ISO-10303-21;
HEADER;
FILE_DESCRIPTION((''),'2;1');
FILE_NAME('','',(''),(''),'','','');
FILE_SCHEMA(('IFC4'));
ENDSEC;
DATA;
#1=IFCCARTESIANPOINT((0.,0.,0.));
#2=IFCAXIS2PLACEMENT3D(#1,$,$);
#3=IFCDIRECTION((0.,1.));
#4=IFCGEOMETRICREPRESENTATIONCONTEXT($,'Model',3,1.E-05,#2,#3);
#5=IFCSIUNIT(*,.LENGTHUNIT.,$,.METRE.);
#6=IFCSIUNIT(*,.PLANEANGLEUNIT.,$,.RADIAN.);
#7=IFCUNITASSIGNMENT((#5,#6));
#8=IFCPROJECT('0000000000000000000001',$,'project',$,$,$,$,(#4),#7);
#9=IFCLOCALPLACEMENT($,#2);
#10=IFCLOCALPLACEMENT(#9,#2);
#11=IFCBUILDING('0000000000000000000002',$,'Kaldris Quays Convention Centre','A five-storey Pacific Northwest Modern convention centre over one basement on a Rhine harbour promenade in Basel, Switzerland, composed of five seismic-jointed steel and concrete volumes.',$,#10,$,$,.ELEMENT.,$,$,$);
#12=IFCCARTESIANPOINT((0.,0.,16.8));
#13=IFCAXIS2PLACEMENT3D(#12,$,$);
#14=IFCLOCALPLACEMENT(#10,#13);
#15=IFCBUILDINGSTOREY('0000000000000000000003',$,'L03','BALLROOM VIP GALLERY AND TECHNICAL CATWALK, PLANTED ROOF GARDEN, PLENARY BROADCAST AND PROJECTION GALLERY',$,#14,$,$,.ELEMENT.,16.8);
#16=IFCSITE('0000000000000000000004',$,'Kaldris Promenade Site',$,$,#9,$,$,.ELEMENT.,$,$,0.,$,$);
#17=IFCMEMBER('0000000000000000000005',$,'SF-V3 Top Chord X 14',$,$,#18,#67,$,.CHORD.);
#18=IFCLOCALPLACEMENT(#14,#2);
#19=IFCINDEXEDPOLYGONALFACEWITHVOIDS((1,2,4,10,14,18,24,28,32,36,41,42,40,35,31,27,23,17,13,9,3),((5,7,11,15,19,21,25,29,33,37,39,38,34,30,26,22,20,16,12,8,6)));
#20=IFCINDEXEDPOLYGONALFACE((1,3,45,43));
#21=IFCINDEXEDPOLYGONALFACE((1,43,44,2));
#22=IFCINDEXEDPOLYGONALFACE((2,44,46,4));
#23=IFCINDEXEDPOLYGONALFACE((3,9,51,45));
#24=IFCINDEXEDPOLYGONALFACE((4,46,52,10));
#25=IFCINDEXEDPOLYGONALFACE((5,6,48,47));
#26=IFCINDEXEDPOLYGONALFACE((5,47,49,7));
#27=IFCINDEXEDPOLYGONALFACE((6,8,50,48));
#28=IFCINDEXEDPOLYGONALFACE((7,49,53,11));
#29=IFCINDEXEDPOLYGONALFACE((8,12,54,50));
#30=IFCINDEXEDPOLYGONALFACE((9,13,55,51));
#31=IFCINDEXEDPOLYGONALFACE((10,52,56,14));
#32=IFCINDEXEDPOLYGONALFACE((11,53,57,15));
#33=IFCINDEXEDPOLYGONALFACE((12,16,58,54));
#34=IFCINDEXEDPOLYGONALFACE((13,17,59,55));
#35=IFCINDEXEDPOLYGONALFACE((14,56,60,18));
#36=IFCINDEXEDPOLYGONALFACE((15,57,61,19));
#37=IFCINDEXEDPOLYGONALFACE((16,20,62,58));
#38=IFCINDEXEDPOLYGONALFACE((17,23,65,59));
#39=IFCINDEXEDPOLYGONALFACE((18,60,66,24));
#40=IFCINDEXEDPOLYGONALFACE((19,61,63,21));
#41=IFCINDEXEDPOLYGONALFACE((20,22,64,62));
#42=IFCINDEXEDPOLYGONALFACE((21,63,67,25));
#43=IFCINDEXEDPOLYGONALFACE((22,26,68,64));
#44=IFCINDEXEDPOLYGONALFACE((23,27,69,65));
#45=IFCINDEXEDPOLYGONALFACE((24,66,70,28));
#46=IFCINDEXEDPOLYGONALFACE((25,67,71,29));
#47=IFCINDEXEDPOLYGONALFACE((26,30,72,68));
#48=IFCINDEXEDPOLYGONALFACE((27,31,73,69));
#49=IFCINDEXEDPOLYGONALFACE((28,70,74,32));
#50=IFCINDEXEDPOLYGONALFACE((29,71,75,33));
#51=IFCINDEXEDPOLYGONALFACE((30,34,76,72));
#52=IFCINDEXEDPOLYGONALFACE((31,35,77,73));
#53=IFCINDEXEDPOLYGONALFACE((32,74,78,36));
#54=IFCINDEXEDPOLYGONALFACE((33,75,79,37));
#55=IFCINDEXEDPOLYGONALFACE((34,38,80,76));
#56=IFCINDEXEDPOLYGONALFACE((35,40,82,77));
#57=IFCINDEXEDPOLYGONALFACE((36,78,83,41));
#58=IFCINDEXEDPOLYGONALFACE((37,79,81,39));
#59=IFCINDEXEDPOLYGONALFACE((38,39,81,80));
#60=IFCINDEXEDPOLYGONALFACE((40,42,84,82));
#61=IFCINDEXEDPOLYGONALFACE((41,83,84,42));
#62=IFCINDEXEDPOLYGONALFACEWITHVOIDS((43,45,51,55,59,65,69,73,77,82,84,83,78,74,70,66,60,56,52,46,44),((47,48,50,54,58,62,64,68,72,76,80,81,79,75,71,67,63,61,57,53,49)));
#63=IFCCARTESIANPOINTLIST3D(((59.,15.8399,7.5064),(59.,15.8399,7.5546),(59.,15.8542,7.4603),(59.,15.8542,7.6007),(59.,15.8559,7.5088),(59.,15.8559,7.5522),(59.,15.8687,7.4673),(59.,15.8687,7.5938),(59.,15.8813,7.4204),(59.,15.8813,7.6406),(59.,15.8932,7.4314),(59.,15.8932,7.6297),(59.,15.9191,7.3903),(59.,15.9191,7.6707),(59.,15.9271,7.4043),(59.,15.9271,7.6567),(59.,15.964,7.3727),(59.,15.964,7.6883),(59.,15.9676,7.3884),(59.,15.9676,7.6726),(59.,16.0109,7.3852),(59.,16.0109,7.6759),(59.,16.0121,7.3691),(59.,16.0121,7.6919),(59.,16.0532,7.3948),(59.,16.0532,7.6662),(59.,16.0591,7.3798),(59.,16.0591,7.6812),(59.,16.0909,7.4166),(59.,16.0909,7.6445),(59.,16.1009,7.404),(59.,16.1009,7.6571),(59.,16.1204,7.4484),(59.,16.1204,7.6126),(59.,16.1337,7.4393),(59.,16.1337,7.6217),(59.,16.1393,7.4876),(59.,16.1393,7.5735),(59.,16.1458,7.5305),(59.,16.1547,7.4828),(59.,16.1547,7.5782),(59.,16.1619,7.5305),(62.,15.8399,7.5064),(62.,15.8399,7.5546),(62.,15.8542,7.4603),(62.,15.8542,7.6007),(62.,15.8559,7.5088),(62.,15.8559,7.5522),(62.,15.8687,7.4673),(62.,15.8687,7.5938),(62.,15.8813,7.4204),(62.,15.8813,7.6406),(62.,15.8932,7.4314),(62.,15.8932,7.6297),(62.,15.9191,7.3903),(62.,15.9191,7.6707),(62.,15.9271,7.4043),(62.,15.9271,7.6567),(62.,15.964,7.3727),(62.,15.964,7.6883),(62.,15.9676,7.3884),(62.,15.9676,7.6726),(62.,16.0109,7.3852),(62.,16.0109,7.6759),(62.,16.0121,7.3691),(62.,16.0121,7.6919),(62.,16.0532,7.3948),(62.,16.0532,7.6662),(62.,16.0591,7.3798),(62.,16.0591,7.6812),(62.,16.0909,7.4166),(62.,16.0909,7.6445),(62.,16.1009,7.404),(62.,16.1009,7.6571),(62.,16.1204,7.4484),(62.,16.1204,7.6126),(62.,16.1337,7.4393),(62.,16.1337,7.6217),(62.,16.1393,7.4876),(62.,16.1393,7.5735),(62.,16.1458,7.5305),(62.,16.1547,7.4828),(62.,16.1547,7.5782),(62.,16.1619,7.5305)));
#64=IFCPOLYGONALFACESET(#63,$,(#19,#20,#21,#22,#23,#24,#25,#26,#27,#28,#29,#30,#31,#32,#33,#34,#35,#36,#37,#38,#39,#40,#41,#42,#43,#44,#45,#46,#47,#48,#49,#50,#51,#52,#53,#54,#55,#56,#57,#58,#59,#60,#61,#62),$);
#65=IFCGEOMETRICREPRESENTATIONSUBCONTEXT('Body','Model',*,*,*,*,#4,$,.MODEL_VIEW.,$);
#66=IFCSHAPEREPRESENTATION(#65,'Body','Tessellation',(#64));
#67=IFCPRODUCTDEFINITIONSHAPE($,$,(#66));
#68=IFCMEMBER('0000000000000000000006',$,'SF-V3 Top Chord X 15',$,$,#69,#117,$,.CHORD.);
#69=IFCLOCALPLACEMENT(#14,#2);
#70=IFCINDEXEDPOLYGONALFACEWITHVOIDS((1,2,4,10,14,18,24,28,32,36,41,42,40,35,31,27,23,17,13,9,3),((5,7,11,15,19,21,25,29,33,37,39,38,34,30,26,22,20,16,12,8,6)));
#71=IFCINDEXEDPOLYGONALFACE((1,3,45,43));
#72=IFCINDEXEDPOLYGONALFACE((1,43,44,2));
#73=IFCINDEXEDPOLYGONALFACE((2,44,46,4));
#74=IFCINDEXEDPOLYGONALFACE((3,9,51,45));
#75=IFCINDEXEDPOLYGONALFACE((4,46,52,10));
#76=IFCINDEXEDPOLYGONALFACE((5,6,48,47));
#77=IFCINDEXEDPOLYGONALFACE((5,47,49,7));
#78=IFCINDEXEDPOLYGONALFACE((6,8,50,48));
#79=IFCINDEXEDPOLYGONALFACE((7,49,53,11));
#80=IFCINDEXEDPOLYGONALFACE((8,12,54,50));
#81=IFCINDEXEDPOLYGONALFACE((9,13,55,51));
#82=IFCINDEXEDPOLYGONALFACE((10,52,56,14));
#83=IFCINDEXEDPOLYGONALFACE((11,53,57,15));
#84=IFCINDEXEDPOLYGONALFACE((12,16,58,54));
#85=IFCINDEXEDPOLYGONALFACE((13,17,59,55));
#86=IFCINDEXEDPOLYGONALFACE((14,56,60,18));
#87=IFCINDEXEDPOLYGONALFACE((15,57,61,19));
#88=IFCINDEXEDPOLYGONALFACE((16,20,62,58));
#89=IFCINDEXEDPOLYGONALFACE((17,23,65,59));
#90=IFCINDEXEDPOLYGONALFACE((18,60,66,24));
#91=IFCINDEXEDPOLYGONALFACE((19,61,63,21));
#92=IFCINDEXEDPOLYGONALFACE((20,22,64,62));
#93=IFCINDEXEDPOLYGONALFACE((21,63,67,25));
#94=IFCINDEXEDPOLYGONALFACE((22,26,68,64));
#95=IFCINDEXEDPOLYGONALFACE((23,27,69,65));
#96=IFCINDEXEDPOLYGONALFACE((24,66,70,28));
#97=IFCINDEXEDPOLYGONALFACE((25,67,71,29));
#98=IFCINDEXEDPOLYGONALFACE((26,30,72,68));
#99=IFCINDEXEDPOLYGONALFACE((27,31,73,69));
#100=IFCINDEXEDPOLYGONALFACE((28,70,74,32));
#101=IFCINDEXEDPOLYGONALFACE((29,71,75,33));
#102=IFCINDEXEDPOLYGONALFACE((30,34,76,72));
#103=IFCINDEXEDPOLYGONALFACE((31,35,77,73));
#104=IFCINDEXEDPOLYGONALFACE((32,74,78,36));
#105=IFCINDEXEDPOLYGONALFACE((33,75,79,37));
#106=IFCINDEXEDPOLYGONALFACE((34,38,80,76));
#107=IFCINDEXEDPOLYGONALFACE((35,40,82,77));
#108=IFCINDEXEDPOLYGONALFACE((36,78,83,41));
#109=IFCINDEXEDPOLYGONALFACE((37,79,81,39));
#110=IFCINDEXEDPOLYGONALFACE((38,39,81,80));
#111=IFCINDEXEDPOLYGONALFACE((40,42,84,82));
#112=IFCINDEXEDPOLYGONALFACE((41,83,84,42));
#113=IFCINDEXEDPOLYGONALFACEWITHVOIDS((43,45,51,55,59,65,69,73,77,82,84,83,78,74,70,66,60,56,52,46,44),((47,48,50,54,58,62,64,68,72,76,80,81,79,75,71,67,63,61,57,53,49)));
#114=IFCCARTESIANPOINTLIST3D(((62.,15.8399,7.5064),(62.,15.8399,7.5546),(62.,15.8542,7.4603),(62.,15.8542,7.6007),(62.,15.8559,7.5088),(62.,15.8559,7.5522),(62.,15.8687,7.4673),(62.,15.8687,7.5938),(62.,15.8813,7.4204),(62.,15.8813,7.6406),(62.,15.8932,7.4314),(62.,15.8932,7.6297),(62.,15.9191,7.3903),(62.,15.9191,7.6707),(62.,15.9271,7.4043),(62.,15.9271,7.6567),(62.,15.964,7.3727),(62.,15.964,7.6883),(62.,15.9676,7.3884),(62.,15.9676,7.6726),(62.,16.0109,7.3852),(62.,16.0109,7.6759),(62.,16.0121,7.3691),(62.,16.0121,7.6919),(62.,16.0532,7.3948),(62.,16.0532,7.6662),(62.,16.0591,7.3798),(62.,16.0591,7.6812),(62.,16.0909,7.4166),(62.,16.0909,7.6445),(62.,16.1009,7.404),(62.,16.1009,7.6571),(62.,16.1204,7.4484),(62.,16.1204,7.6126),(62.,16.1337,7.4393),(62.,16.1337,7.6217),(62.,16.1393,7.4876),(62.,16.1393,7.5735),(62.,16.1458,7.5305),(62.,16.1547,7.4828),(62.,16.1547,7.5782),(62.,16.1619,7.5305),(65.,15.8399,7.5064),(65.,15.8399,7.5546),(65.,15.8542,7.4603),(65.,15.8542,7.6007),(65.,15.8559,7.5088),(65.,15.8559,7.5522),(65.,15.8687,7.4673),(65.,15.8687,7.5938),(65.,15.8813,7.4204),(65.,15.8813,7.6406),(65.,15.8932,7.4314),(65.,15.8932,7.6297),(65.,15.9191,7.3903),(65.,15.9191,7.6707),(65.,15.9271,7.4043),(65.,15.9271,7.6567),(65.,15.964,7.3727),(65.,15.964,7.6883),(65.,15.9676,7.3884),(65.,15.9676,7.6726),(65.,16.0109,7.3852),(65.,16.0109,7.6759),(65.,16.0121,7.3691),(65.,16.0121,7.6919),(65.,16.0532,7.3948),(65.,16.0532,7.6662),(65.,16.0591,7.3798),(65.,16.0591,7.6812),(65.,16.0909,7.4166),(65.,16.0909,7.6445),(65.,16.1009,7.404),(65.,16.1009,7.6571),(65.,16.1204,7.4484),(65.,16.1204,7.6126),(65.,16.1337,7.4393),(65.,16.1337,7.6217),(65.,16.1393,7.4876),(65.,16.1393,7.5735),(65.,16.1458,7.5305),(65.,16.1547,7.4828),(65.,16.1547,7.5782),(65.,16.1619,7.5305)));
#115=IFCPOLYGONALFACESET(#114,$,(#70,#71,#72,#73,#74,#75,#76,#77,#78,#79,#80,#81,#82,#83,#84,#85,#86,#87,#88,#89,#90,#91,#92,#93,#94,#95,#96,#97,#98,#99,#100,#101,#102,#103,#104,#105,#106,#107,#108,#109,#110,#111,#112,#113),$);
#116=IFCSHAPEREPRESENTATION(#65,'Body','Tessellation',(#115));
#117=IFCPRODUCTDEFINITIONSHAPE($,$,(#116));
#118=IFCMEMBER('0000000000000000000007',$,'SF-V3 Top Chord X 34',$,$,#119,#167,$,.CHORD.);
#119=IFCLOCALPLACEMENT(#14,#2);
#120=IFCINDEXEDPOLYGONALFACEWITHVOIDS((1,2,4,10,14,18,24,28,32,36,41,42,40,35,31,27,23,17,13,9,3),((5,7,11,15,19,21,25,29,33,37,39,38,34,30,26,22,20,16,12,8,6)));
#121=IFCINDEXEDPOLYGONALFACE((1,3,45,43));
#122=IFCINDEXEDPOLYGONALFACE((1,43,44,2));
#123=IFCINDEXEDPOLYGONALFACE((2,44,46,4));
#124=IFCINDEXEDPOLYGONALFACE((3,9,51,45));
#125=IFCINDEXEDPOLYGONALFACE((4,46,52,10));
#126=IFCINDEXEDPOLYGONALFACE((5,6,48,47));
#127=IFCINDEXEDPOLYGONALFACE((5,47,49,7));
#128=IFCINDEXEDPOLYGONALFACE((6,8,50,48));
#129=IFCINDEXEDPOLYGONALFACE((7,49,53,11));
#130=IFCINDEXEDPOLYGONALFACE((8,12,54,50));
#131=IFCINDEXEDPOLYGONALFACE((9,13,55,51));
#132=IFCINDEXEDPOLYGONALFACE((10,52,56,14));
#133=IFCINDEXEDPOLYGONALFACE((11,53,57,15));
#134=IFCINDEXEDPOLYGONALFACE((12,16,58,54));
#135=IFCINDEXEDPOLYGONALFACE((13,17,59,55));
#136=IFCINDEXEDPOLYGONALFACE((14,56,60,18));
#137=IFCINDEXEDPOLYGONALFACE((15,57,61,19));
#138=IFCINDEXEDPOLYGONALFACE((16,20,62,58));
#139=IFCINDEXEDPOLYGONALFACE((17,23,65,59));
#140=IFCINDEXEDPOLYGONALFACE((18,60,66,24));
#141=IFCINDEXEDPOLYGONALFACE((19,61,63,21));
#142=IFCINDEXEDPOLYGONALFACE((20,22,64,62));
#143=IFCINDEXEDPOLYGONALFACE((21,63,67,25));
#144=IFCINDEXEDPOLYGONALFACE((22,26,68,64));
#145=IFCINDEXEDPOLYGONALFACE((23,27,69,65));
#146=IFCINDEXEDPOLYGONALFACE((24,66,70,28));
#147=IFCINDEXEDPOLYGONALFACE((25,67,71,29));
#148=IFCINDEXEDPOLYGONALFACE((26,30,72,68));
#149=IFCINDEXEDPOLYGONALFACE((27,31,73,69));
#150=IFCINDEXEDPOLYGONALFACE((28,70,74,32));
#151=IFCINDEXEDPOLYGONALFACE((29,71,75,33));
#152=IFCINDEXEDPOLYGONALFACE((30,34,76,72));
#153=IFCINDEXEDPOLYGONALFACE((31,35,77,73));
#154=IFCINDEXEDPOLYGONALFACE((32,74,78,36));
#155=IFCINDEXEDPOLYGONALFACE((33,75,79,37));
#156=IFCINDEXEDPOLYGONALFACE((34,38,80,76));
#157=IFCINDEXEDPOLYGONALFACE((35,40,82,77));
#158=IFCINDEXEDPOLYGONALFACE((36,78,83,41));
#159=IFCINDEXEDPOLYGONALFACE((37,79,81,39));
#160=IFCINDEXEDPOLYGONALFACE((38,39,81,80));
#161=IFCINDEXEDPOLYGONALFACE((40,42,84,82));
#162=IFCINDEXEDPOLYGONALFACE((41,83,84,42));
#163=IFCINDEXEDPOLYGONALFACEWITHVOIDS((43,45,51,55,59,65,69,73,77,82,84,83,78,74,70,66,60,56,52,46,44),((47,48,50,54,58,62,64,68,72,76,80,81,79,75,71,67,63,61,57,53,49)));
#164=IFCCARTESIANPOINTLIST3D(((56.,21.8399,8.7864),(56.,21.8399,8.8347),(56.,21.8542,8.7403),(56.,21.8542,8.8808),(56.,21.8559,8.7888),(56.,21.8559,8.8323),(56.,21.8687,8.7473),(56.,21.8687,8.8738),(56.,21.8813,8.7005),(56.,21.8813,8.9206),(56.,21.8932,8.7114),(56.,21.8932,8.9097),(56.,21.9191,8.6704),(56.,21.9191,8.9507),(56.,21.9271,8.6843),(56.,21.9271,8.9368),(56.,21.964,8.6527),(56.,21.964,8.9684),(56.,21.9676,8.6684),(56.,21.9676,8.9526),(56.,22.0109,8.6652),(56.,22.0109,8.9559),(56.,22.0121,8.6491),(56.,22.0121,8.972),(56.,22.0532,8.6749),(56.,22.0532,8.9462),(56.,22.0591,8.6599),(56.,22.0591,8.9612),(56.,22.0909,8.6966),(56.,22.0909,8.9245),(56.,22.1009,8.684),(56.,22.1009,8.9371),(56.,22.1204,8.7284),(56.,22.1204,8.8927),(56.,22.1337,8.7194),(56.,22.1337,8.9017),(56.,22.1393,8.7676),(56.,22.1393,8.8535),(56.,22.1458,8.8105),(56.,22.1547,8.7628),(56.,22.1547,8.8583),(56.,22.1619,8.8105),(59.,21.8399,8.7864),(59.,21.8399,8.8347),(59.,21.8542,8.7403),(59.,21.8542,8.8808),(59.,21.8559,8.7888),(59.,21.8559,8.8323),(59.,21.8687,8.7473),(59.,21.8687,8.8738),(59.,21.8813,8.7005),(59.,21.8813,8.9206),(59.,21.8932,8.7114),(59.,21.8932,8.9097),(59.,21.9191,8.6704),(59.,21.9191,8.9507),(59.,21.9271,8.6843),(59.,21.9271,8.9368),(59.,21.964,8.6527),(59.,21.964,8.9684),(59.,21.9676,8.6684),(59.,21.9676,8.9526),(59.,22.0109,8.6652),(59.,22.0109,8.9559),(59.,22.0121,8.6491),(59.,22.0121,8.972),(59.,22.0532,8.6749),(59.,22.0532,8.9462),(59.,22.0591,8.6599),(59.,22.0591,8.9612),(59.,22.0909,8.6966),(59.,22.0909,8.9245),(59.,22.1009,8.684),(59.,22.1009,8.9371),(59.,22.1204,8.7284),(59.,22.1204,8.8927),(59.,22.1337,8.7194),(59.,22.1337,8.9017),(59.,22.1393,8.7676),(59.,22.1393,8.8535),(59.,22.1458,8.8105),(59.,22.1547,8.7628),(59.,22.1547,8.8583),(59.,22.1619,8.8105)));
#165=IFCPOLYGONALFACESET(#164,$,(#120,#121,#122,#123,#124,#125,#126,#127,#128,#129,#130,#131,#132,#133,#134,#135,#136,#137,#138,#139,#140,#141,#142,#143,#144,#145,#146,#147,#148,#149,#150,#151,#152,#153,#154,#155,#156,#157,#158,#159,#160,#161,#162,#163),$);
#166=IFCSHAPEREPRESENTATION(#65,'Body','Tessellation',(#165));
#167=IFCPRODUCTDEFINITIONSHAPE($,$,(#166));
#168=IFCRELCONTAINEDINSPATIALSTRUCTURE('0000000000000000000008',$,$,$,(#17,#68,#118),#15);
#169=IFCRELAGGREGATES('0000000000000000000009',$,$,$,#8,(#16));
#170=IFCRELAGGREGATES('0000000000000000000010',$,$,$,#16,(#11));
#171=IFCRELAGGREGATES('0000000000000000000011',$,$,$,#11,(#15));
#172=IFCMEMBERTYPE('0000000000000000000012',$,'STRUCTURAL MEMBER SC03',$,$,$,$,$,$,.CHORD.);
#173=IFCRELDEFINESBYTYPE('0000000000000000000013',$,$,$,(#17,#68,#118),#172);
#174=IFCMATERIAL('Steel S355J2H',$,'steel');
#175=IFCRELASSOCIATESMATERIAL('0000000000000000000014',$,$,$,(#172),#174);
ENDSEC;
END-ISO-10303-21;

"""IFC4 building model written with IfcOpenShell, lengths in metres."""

from ifc_helpers import new_model, si_unit, direction, frame, origin, origin_2d, place, context, subcontext, project, spatial, hollow_circle, extrude, material, material_profile, profile_set, type_object, element, save


model = new_model("IFC4")

# Units and contexts
model_context = context("Model", 3, precision=1e-05, world=origin(), true_north=direction((0.0, 1.0)))
body_context = subcontext(model_context, "Body", "Model", "MODEL_VIEW")
ifc_project = project(units=[si_unit("LENGTHUNIT", "METRE"), si_unit("PLANEANGLEUNIT", "RADIAN")], contexts=[model_context])

# Site, building, storey
site_placement = place(None, origin())
site = spatial("IfcSite", under=ifc_project, at=site_placement, Name="Kaldris Promenade Site", CompositionType="ELEMENT", RefElevation=0.0)
building_placement = place(site_placement, origin())
building = spatial("IfcBuilding", under=site, at=building_placement, Name="Kaldris Quays Convention Centre", Description="A five-storey Pacific Northwest Modern convention centre over one basement on a Rhine harbour promenade in Basel, Switzerland, composed of five seismic-jointed steel and concrete volumes.", CompositionType="ELEMENT")
storey_placement = place(building_placement, frame((0.0, 0.0, 16.8)))
storey = spatial("IfcBuildingStorey", under=building, at=storey_placement, Name="L03", Description="BALLROOM VIP GALLERY AND TECHNICAL CATWALK, PLANTED ROOF GARDEN, PLENARY BROADCAST AND PROJECTION GALLERY", CompositionType="ELEMENT", Elevation=16.8)

# Members
ifc_material_1 = material(Name="Steel S355J2H", Category="steel")
ifc_material_profile_1 = material_profile(ifc_material_1, hollow_circle(Radius=0.1619, WallThickness=0.0161, at=origin_2d()), Name="CHS 323.9x16")
ifc_profile_set_1 = profile_set([ifc_material_profile_1], Name="Steel S355J2H")
member_type_1 = type_object("IfcMemberType", Name="STRUCTURAL MEMBER SC03", PredefinedType="CHORD", material=ifc_profile_set_1)
for number, where, z_axis, x_axis, name in (
    (1, (59.0, 16.0, 7.5305), (1.0, 0.0, 0.0), (0.0, 1.0, 0.0), "SF-V3 Top Chord X 14"),
    (2, (62.0, 16.0, 7.5305), (1.0, 0.0, 0.0), (0.0, 1.0, 0.0), "SF-V3 Top Chord X 15"),
    (3, (56.0, 22.0, 8.8105), (1.0, 0.0, 0.0), (0.0, 1.0, 0.0), "SF-V3 Top Chord X 34"),
):
    element("IfcMember", number, at=place(storey_placement, frame(where, z_axis=z_axis, x_axis=x_axis)), inside=storey, type_object=member_type_1, Name=name, PredefinedType="CHORD", context=body_context, shape_type="SweptSolid", body=[
        extrude(hollow_circle(Radius=0.1619, WallThickness=0.0161, at=origin_2d()), origin(), (0.0, 0.0, 1.0), 3.0),
    ])

save(model, "model.ifc")
